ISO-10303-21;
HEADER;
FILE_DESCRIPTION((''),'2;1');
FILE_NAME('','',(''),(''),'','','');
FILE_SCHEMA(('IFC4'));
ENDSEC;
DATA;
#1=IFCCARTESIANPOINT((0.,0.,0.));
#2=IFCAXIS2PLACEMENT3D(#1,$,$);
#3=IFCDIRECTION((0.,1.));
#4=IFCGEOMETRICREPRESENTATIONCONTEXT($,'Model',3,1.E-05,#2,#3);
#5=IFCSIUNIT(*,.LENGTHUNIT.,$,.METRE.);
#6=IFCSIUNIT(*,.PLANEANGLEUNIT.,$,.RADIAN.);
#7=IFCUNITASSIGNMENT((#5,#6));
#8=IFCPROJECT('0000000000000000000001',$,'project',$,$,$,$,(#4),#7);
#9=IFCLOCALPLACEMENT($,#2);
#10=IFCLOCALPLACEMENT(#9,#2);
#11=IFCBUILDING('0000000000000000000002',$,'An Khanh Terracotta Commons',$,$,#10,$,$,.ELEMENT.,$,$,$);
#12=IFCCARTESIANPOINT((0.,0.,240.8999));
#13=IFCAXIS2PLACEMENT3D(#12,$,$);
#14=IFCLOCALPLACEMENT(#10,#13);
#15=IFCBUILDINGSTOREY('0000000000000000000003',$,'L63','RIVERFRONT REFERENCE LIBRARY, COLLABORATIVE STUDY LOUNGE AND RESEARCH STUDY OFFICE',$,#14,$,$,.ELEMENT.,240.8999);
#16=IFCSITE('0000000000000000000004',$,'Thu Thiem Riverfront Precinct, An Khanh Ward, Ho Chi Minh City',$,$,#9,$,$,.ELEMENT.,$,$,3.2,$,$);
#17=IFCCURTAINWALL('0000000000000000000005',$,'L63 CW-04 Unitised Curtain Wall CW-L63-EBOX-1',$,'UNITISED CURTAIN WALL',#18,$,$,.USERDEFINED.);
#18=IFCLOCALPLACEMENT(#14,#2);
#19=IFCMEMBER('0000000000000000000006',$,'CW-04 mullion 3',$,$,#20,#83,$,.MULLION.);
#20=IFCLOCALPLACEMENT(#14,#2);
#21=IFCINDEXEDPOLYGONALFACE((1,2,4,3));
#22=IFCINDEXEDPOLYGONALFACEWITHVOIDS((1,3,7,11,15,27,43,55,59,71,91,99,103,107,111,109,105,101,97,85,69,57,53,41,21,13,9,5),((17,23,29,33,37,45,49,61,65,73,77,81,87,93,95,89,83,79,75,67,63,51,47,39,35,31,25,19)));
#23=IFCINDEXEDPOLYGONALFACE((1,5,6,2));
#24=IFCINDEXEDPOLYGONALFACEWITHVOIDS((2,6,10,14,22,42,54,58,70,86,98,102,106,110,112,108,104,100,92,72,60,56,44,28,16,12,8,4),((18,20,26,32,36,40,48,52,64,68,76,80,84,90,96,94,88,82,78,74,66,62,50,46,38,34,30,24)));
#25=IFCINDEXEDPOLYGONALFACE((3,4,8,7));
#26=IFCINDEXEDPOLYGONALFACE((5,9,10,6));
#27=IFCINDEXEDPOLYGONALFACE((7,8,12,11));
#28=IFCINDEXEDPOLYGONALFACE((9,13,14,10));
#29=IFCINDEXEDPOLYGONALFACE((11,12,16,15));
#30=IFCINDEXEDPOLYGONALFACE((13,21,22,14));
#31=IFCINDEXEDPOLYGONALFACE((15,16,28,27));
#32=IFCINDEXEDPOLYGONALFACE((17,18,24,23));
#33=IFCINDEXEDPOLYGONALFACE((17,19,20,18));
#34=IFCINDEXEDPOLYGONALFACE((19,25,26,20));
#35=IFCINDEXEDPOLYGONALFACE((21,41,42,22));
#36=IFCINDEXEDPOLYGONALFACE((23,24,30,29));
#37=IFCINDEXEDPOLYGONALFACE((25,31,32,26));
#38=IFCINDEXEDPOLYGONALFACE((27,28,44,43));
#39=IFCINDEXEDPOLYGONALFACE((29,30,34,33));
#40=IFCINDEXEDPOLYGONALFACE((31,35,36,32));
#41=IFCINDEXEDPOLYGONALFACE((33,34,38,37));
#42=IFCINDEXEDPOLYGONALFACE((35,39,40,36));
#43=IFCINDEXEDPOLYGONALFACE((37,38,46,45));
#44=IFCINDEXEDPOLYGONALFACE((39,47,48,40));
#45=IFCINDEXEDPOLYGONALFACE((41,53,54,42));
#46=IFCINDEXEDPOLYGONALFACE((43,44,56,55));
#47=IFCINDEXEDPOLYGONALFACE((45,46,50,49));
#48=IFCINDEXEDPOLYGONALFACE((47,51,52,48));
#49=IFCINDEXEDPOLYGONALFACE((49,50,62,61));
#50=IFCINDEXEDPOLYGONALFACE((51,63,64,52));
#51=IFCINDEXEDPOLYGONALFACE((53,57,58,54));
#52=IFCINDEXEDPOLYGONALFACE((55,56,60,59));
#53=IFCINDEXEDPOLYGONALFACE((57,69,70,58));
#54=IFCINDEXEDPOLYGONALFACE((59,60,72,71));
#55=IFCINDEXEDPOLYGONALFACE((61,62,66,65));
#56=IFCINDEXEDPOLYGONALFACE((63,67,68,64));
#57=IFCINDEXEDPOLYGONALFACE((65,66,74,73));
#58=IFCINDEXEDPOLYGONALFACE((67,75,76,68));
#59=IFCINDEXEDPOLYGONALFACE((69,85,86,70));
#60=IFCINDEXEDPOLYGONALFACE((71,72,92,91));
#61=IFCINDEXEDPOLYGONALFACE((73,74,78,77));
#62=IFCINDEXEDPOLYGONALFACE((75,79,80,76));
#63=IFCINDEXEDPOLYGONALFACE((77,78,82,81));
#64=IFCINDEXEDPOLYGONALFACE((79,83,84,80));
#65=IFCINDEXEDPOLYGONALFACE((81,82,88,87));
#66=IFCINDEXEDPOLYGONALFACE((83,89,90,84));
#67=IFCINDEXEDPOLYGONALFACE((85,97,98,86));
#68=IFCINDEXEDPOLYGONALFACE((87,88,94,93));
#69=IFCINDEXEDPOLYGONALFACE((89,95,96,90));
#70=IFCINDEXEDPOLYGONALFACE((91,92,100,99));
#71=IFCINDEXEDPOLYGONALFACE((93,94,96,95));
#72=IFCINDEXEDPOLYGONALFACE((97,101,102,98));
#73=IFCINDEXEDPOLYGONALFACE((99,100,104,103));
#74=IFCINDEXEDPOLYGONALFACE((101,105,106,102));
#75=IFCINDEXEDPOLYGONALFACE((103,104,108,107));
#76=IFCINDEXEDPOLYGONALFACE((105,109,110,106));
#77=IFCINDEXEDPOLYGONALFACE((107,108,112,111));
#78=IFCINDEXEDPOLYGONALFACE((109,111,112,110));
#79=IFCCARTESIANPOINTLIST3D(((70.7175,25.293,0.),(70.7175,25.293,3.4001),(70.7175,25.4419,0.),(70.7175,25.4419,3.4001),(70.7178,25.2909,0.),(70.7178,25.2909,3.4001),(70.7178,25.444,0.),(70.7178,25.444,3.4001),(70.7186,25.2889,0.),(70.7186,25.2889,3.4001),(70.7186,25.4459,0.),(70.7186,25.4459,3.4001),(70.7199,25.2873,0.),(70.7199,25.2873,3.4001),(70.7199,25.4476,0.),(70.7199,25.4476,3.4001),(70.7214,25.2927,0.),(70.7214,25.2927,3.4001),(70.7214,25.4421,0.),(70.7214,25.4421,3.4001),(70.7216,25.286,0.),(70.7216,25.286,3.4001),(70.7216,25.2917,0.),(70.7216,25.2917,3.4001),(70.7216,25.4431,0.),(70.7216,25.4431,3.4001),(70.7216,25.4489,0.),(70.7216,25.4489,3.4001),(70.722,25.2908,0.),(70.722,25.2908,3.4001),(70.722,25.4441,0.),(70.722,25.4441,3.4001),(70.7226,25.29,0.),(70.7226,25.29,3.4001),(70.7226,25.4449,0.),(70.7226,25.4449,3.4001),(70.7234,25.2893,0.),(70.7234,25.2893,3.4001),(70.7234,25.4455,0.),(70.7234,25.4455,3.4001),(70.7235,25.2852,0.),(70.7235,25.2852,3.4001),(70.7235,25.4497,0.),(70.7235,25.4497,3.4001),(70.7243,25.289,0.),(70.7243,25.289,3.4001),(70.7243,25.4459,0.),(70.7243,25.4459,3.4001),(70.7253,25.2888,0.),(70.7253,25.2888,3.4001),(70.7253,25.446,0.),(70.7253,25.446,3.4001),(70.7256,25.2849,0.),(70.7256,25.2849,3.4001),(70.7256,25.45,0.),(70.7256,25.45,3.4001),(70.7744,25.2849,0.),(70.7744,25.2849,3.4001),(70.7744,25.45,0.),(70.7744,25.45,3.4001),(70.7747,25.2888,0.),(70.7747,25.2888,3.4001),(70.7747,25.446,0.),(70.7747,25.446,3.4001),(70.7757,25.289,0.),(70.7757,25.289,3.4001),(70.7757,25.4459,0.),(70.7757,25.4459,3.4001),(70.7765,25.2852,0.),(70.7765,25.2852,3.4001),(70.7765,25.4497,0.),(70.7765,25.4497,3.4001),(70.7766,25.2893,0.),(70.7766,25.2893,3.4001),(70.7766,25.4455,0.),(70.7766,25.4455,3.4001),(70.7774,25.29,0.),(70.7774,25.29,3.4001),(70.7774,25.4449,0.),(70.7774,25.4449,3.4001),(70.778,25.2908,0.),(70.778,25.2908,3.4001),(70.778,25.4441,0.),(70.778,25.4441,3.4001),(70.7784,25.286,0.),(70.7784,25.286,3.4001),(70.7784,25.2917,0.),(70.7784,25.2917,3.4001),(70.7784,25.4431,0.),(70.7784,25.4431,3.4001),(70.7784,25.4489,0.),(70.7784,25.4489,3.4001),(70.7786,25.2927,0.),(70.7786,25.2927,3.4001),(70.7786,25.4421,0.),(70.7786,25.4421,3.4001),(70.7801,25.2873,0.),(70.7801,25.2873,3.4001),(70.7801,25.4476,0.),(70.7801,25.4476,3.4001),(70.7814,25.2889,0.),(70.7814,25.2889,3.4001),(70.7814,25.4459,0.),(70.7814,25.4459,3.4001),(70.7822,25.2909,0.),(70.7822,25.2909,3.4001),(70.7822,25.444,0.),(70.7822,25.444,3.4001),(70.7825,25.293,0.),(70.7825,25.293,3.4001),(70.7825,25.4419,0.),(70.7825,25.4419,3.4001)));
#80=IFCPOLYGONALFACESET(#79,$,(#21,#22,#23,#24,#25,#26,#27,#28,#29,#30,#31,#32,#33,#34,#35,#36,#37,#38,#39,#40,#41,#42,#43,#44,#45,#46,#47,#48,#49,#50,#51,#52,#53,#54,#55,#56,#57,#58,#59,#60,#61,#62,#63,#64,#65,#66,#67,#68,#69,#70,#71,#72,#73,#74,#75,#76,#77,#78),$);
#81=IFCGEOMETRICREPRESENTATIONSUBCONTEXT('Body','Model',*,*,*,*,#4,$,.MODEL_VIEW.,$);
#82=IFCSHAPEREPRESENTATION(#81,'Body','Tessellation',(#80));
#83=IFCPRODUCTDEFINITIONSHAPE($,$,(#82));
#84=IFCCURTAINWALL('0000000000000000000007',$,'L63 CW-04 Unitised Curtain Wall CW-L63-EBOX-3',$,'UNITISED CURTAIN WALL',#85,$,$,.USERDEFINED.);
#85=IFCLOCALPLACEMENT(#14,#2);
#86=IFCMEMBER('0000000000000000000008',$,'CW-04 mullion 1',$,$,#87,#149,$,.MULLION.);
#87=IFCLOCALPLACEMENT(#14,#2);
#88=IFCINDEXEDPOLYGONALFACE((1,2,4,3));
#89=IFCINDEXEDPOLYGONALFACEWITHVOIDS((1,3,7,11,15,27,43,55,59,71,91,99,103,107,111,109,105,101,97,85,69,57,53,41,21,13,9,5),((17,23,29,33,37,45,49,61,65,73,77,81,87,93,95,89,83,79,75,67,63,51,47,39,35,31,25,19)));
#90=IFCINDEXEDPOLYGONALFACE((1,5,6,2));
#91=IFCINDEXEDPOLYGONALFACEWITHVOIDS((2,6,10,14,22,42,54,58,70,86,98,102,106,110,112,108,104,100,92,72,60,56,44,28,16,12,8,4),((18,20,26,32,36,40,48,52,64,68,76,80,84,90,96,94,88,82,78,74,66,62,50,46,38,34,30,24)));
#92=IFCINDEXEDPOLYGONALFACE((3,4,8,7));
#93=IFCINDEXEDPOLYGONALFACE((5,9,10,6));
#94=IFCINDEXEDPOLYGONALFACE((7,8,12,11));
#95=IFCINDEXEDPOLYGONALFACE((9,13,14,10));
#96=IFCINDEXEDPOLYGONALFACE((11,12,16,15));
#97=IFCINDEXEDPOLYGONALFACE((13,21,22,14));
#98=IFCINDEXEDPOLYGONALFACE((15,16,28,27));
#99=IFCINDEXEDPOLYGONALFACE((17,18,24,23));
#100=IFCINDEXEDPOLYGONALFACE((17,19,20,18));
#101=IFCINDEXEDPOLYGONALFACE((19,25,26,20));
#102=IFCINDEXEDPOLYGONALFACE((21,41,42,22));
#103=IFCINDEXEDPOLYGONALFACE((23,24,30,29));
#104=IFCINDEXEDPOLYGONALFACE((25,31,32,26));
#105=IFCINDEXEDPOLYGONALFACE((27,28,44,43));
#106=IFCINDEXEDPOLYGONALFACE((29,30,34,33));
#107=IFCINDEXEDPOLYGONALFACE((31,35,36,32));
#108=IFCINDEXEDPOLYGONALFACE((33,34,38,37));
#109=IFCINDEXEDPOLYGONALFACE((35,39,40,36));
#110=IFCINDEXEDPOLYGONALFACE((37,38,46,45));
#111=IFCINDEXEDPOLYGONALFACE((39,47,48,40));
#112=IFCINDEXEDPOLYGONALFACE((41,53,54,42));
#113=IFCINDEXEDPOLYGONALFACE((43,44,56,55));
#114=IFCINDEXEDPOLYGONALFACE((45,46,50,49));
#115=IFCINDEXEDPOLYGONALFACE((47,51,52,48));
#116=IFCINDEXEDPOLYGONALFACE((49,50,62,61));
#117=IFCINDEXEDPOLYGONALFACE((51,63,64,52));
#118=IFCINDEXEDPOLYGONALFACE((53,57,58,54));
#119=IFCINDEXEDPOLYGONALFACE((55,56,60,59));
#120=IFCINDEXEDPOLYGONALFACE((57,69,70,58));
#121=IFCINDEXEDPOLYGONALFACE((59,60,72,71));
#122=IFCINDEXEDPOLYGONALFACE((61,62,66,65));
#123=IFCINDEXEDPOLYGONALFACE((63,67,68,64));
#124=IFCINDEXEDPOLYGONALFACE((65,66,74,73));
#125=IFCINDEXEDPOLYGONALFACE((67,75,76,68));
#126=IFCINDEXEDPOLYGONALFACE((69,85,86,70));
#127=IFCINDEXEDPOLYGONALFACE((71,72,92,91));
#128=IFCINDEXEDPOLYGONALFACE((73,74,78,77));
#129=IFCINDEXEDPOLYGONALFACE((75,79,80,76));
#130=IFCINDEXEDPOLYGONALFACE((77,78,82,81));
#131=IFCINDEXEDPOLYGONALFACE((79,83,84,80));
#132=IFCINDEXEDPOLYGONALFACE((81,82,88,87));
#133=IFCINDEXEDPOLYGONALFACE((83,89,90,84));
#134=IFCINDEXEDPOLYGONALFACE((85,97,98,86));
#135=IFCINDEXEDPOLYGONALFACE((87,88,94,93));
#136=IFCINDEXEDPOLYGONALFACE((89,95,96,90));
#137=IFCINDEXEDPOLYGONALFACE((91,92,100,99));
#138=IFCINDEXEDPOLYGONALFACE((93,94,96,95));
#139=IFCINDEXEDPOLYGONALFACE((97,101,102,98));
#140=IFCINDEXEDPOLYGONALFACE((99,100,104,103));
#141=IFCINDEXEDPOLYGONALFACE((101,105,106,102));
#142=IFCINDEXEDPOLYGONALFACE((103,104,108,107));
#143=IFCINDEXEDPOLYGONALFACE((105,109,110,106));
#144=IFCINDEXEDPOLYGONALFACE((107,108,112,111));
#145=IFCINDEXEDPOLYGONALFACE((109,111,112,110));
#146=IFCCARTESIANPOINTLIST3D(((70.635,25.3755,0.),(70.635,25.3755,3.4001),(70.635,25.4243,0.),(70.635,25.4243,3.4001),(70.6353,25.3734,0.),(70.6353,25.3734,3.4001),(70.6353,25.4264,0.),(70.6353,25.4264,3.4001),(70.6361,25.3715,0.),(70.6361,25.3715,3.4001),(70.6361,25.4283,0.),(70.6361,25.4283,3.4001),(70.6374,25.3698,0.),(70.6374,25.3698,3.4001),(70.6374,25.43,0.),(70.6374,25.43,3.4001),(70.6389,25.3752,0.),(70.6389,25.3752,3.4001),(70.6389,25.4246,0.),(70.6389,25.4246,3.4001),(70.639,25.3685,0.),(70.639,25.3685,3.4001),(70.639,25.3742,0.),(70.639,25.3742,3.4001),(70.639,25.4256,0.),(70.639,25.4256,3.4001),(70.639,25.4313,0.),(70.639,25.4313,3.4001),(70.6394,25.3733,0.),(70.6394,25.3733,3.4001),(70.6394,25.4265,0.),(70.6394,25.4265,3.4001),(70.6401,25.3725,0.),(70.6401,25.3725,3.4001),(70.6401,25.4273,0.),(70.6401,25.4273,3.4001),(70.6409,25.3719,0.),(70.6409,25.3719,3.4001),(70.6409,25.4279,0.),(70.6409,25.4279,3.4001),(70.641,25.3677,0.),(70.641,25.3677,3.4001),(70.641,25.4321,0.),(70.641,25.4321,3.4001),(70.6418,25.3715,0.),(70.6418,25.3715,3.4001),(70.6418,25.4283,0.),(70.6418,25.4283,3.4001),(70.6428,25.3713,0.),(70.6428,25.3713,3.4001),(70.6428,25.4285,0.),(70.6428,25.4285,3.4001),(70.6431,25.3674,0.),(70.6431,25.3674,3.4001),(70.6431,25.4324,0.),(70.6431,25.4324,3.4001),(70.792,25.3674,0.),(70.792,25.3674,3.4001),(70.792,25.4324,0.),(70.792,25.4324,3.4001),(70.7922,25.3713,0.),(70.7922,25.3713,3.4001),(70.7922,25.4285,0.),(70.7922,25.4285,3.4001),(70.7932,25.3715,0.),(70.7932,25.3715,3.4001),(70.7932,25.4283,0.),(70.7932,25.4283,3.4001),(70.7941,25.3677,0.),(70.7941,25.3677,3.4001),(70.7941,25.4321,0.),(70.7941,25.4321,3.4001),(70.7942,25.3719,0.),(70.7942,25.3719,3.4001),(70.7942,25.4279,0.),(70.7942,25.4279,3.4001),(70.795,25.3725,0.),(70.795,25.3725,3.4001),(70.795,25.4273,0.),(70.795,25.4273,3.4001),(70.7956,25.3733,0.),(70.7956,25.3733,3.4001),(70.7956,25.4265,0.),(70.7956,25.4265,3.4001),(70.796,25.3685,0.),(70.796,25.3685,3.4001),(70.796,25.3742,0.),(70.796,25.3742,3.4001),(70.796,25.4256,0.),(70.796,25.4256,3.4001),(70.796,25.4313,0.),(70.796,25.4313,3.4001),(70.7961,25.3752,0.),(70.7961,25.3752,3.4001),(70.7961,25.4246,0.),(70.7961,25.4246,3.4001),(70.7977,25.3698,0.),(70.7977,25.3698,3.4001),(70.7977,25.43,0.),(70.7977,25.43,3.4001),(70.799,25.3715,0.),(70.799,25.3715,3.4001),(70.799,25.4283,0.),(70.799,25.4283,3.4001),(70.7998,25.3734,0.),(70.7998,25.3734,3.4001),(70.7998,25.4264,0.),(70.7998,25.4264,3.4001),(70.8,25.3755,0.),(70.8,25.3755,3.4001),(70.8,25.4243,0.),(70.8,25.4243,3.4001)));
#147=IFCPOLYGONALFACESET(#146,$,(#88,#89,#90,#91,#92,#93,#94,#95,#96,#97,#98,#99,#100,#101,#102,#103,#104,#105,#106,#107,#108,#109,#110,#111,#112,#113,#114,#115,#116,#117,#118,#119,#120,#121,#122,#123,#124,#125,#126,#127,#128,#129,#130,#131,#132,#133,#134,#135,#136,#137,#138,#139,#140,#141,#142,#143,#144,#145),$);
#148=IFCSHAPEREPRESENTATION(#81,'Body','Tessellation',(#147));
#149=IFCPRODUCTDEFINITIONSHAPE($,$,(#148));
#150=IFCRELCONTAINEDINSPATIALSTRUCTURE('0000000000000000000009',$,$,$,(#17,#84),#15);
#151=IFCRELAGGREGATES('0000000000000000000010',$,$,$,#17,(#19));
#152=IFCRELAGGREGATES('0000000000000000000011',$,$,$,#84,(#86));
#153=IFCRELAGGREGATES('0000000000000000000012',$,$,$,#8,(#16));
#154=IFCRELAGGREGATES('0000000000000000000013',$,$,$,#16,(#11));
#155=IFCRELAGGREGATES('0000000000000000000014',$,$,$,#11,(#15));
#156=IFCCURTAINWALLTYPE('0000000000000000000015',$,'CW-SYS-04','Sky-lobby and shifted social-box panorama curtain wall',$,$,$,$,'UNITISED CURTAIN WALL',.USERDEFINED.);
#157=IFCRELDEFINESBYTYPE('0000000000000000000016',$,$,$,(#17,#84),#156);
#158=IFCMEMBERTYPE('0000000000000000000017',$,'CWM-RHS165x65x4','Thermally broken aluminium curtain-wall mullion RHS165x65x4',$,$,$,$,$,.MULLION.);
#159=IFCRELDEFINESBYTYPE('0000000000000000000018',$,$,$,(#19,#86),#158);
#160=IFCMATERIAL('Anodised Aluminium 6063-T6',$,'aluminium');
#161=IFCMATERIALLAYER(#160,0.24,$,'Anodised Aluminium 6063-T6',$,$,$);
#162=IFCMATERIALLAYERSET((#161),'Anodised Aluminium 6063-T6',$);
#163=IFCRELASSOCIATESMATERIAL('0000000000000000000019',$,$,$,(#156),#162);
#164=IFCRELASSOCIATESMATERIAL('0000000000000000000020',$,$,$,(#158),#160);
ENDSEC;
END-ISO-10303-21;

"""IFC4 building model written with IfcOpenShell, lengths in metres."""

from ifc_helpers import new_model, si_unit, direction, frame, origin, origin_2d, place, context, subcontext, project, spatial, hollow_rectangle, extrude, material, layer, layer_set, material_profile, profile_set, type_object, element, aggregate, save


model = new_model("IFC4")

# Units and contexts
model_context = context("Model", 3, precision=1e-05, world=origin(), true_north=direction((0.0, 1.0)))
body_context = subcontext(model_context, "Body", "Model", "MODEL_VIEW")
ifc_project = project(units=[si_unit("LENGTHUNIT", "METRE"), si_unit("PLANEANGLEUNIT", "RADIAN")], contexts=[model_context])

# Site, building, storey
site_placement = place(None, origin())
site = spatial("IfcSite", under=ifc_project, at=site_placement, Name="Thu Thiem Riverfront Precinct, An Khanh Ward, Ho Chi Minh City", CompositionType="ELEMENT", RefElevation=3.2)
building_placement = place(site_placement, origin())
building = spatial("IfcBuilding", under=site, at=building_placement, Name="An Khanh Terracotta Commons", CompositionType="ELEMENT")
storey_placement = place(building_placement, frame((0.0, 0.0, 240.8999)))
storey = spatial("IfcBuildingStorey", under=building, at=storey_placement, Name="L63", Description="RIVERFRONT REFERENCE LIBRARY, COLLABORATIVE STUDY LOUNGE AND RESEARCH STUDY OFFICE", CompositionType="ELEMENT", Elevation=240.8999)

# Curtain walls, members
ifc_material_1 = material(Name="Anodised Aluminium 6063-T6", Category="aluminium")
ifc_layer_1 = layer(ifc_material_1, 0.24, Name="Anodised Aluminium 6063-T6")
ifc_layer_set_1 = layer_set([ifc_layer_1], Name="Anodised Aluminium 6063-T6")
curtain_wall_type = type_object("IfcCurtainWallType", Name="CW-SYS-04", Description="Sky-lobby and shifted social-box panorama curtain wall", ElementType="UNITISED CURTAIN WALL", PredefinedType="USERDEFINED", material=ifc_layer_set_1)
curtain_wall_1_placement = place(storey_placement, origin())
curtain_wall_1 = element("IfcCurtainWall", 1, at=curtain_wall_1_placement, inside=storey, type_object=curtain_wall_type, Name="L63 CW-04 Unitised Curtain Wall CW-L63-EBOX-1", ObjectType="UNITISED CURTAIN WALL", PredefinedType="USERDEFINED")
ifc_material_profile_1 = material_profile(ifc_material_1, hollow_rectangle(XDim=0.0649, YDim=0.165, WallThickness=0.0039, InnerFilletRadius=0.0039, OuterFilletRadius=0.0081, at=origin_2d()), Name="RHS165x65x4")
ifc_profile_set_1 = profile_set([ifc_material_profile_1], Name="Anodised Aluminium 6063-T6")
member_type_1 = type_object("IfcMemberType", Name="CWM-RHS165x65x4", Description="Thermally broken aluminium curtain-wall mullion RHS165x65x4", PredefinedType="MULLION", material=ifc_profile_set_1)
member_1_placement = place(storey_placement, frame((70.75, 25.3674, 0.0), z_axis=(0.0, 0.0, 1.0), x_axis=(-1.0, 0.0, 0.0)))
member_1 = element("IfcMember", 2, at=member_1_placement, type_object=member_type_1, Name="CW-04 mullion 3", PredefinedType="MULLION", context=body_context, shape_type="SweptSolid", body=[
    extrude(hollow_rectangle(XDim=0.0649, YDim=0.165, WallThickness=0.0039, InnerFilletRadius=0.0039, OuterFilletRadius=0.0081, at=origin_2d()), origin(), (0.0, 0.0, 1.0), 3.4001),
])
curtain_wall_2_placement = place(storey_placement, origin())
curtain_wall_2 = element("IfcCurtainWall", 3, at=curtain_wall_2_placement, inside=storey, type_object=curtain_wall_type, Name="L63 CW-04 Unitised Curtain Wall CW-L63-EBOX-3", ObjectType="UNITISED CURTAIN WALL", PredefinedType="USERDEFINED")
member_2_placement = place(storey_placement, frame((70.7175, 25.3999, 0.0), z_axis=(0.0, 0.0, 1.0), x_axis=(0.0, -1.0, 0.0)))
member_2 = element("IfcMember", 4, at=member_2_placement, type_object=member_type_1, Name="CW-04 mullion 1", PredefinedType="MULLION", context=body_context, shape_type="SweptSolid", body=[
    extrude(hollow_rectangle(XDim=0.0649, YDim=0.165, WallThickness=0.0039, InnerFilletRadius=0.0039, OuterFilletRadius=0.0081, at=origin_2d()), origin(), (0.0, 0.0, 1.0), 3.4001),
])

aggregate(curtain_wall_1, [member_1])
aggregate(curtain_wall_2, [member_2])

save(model, "model.ifc")
